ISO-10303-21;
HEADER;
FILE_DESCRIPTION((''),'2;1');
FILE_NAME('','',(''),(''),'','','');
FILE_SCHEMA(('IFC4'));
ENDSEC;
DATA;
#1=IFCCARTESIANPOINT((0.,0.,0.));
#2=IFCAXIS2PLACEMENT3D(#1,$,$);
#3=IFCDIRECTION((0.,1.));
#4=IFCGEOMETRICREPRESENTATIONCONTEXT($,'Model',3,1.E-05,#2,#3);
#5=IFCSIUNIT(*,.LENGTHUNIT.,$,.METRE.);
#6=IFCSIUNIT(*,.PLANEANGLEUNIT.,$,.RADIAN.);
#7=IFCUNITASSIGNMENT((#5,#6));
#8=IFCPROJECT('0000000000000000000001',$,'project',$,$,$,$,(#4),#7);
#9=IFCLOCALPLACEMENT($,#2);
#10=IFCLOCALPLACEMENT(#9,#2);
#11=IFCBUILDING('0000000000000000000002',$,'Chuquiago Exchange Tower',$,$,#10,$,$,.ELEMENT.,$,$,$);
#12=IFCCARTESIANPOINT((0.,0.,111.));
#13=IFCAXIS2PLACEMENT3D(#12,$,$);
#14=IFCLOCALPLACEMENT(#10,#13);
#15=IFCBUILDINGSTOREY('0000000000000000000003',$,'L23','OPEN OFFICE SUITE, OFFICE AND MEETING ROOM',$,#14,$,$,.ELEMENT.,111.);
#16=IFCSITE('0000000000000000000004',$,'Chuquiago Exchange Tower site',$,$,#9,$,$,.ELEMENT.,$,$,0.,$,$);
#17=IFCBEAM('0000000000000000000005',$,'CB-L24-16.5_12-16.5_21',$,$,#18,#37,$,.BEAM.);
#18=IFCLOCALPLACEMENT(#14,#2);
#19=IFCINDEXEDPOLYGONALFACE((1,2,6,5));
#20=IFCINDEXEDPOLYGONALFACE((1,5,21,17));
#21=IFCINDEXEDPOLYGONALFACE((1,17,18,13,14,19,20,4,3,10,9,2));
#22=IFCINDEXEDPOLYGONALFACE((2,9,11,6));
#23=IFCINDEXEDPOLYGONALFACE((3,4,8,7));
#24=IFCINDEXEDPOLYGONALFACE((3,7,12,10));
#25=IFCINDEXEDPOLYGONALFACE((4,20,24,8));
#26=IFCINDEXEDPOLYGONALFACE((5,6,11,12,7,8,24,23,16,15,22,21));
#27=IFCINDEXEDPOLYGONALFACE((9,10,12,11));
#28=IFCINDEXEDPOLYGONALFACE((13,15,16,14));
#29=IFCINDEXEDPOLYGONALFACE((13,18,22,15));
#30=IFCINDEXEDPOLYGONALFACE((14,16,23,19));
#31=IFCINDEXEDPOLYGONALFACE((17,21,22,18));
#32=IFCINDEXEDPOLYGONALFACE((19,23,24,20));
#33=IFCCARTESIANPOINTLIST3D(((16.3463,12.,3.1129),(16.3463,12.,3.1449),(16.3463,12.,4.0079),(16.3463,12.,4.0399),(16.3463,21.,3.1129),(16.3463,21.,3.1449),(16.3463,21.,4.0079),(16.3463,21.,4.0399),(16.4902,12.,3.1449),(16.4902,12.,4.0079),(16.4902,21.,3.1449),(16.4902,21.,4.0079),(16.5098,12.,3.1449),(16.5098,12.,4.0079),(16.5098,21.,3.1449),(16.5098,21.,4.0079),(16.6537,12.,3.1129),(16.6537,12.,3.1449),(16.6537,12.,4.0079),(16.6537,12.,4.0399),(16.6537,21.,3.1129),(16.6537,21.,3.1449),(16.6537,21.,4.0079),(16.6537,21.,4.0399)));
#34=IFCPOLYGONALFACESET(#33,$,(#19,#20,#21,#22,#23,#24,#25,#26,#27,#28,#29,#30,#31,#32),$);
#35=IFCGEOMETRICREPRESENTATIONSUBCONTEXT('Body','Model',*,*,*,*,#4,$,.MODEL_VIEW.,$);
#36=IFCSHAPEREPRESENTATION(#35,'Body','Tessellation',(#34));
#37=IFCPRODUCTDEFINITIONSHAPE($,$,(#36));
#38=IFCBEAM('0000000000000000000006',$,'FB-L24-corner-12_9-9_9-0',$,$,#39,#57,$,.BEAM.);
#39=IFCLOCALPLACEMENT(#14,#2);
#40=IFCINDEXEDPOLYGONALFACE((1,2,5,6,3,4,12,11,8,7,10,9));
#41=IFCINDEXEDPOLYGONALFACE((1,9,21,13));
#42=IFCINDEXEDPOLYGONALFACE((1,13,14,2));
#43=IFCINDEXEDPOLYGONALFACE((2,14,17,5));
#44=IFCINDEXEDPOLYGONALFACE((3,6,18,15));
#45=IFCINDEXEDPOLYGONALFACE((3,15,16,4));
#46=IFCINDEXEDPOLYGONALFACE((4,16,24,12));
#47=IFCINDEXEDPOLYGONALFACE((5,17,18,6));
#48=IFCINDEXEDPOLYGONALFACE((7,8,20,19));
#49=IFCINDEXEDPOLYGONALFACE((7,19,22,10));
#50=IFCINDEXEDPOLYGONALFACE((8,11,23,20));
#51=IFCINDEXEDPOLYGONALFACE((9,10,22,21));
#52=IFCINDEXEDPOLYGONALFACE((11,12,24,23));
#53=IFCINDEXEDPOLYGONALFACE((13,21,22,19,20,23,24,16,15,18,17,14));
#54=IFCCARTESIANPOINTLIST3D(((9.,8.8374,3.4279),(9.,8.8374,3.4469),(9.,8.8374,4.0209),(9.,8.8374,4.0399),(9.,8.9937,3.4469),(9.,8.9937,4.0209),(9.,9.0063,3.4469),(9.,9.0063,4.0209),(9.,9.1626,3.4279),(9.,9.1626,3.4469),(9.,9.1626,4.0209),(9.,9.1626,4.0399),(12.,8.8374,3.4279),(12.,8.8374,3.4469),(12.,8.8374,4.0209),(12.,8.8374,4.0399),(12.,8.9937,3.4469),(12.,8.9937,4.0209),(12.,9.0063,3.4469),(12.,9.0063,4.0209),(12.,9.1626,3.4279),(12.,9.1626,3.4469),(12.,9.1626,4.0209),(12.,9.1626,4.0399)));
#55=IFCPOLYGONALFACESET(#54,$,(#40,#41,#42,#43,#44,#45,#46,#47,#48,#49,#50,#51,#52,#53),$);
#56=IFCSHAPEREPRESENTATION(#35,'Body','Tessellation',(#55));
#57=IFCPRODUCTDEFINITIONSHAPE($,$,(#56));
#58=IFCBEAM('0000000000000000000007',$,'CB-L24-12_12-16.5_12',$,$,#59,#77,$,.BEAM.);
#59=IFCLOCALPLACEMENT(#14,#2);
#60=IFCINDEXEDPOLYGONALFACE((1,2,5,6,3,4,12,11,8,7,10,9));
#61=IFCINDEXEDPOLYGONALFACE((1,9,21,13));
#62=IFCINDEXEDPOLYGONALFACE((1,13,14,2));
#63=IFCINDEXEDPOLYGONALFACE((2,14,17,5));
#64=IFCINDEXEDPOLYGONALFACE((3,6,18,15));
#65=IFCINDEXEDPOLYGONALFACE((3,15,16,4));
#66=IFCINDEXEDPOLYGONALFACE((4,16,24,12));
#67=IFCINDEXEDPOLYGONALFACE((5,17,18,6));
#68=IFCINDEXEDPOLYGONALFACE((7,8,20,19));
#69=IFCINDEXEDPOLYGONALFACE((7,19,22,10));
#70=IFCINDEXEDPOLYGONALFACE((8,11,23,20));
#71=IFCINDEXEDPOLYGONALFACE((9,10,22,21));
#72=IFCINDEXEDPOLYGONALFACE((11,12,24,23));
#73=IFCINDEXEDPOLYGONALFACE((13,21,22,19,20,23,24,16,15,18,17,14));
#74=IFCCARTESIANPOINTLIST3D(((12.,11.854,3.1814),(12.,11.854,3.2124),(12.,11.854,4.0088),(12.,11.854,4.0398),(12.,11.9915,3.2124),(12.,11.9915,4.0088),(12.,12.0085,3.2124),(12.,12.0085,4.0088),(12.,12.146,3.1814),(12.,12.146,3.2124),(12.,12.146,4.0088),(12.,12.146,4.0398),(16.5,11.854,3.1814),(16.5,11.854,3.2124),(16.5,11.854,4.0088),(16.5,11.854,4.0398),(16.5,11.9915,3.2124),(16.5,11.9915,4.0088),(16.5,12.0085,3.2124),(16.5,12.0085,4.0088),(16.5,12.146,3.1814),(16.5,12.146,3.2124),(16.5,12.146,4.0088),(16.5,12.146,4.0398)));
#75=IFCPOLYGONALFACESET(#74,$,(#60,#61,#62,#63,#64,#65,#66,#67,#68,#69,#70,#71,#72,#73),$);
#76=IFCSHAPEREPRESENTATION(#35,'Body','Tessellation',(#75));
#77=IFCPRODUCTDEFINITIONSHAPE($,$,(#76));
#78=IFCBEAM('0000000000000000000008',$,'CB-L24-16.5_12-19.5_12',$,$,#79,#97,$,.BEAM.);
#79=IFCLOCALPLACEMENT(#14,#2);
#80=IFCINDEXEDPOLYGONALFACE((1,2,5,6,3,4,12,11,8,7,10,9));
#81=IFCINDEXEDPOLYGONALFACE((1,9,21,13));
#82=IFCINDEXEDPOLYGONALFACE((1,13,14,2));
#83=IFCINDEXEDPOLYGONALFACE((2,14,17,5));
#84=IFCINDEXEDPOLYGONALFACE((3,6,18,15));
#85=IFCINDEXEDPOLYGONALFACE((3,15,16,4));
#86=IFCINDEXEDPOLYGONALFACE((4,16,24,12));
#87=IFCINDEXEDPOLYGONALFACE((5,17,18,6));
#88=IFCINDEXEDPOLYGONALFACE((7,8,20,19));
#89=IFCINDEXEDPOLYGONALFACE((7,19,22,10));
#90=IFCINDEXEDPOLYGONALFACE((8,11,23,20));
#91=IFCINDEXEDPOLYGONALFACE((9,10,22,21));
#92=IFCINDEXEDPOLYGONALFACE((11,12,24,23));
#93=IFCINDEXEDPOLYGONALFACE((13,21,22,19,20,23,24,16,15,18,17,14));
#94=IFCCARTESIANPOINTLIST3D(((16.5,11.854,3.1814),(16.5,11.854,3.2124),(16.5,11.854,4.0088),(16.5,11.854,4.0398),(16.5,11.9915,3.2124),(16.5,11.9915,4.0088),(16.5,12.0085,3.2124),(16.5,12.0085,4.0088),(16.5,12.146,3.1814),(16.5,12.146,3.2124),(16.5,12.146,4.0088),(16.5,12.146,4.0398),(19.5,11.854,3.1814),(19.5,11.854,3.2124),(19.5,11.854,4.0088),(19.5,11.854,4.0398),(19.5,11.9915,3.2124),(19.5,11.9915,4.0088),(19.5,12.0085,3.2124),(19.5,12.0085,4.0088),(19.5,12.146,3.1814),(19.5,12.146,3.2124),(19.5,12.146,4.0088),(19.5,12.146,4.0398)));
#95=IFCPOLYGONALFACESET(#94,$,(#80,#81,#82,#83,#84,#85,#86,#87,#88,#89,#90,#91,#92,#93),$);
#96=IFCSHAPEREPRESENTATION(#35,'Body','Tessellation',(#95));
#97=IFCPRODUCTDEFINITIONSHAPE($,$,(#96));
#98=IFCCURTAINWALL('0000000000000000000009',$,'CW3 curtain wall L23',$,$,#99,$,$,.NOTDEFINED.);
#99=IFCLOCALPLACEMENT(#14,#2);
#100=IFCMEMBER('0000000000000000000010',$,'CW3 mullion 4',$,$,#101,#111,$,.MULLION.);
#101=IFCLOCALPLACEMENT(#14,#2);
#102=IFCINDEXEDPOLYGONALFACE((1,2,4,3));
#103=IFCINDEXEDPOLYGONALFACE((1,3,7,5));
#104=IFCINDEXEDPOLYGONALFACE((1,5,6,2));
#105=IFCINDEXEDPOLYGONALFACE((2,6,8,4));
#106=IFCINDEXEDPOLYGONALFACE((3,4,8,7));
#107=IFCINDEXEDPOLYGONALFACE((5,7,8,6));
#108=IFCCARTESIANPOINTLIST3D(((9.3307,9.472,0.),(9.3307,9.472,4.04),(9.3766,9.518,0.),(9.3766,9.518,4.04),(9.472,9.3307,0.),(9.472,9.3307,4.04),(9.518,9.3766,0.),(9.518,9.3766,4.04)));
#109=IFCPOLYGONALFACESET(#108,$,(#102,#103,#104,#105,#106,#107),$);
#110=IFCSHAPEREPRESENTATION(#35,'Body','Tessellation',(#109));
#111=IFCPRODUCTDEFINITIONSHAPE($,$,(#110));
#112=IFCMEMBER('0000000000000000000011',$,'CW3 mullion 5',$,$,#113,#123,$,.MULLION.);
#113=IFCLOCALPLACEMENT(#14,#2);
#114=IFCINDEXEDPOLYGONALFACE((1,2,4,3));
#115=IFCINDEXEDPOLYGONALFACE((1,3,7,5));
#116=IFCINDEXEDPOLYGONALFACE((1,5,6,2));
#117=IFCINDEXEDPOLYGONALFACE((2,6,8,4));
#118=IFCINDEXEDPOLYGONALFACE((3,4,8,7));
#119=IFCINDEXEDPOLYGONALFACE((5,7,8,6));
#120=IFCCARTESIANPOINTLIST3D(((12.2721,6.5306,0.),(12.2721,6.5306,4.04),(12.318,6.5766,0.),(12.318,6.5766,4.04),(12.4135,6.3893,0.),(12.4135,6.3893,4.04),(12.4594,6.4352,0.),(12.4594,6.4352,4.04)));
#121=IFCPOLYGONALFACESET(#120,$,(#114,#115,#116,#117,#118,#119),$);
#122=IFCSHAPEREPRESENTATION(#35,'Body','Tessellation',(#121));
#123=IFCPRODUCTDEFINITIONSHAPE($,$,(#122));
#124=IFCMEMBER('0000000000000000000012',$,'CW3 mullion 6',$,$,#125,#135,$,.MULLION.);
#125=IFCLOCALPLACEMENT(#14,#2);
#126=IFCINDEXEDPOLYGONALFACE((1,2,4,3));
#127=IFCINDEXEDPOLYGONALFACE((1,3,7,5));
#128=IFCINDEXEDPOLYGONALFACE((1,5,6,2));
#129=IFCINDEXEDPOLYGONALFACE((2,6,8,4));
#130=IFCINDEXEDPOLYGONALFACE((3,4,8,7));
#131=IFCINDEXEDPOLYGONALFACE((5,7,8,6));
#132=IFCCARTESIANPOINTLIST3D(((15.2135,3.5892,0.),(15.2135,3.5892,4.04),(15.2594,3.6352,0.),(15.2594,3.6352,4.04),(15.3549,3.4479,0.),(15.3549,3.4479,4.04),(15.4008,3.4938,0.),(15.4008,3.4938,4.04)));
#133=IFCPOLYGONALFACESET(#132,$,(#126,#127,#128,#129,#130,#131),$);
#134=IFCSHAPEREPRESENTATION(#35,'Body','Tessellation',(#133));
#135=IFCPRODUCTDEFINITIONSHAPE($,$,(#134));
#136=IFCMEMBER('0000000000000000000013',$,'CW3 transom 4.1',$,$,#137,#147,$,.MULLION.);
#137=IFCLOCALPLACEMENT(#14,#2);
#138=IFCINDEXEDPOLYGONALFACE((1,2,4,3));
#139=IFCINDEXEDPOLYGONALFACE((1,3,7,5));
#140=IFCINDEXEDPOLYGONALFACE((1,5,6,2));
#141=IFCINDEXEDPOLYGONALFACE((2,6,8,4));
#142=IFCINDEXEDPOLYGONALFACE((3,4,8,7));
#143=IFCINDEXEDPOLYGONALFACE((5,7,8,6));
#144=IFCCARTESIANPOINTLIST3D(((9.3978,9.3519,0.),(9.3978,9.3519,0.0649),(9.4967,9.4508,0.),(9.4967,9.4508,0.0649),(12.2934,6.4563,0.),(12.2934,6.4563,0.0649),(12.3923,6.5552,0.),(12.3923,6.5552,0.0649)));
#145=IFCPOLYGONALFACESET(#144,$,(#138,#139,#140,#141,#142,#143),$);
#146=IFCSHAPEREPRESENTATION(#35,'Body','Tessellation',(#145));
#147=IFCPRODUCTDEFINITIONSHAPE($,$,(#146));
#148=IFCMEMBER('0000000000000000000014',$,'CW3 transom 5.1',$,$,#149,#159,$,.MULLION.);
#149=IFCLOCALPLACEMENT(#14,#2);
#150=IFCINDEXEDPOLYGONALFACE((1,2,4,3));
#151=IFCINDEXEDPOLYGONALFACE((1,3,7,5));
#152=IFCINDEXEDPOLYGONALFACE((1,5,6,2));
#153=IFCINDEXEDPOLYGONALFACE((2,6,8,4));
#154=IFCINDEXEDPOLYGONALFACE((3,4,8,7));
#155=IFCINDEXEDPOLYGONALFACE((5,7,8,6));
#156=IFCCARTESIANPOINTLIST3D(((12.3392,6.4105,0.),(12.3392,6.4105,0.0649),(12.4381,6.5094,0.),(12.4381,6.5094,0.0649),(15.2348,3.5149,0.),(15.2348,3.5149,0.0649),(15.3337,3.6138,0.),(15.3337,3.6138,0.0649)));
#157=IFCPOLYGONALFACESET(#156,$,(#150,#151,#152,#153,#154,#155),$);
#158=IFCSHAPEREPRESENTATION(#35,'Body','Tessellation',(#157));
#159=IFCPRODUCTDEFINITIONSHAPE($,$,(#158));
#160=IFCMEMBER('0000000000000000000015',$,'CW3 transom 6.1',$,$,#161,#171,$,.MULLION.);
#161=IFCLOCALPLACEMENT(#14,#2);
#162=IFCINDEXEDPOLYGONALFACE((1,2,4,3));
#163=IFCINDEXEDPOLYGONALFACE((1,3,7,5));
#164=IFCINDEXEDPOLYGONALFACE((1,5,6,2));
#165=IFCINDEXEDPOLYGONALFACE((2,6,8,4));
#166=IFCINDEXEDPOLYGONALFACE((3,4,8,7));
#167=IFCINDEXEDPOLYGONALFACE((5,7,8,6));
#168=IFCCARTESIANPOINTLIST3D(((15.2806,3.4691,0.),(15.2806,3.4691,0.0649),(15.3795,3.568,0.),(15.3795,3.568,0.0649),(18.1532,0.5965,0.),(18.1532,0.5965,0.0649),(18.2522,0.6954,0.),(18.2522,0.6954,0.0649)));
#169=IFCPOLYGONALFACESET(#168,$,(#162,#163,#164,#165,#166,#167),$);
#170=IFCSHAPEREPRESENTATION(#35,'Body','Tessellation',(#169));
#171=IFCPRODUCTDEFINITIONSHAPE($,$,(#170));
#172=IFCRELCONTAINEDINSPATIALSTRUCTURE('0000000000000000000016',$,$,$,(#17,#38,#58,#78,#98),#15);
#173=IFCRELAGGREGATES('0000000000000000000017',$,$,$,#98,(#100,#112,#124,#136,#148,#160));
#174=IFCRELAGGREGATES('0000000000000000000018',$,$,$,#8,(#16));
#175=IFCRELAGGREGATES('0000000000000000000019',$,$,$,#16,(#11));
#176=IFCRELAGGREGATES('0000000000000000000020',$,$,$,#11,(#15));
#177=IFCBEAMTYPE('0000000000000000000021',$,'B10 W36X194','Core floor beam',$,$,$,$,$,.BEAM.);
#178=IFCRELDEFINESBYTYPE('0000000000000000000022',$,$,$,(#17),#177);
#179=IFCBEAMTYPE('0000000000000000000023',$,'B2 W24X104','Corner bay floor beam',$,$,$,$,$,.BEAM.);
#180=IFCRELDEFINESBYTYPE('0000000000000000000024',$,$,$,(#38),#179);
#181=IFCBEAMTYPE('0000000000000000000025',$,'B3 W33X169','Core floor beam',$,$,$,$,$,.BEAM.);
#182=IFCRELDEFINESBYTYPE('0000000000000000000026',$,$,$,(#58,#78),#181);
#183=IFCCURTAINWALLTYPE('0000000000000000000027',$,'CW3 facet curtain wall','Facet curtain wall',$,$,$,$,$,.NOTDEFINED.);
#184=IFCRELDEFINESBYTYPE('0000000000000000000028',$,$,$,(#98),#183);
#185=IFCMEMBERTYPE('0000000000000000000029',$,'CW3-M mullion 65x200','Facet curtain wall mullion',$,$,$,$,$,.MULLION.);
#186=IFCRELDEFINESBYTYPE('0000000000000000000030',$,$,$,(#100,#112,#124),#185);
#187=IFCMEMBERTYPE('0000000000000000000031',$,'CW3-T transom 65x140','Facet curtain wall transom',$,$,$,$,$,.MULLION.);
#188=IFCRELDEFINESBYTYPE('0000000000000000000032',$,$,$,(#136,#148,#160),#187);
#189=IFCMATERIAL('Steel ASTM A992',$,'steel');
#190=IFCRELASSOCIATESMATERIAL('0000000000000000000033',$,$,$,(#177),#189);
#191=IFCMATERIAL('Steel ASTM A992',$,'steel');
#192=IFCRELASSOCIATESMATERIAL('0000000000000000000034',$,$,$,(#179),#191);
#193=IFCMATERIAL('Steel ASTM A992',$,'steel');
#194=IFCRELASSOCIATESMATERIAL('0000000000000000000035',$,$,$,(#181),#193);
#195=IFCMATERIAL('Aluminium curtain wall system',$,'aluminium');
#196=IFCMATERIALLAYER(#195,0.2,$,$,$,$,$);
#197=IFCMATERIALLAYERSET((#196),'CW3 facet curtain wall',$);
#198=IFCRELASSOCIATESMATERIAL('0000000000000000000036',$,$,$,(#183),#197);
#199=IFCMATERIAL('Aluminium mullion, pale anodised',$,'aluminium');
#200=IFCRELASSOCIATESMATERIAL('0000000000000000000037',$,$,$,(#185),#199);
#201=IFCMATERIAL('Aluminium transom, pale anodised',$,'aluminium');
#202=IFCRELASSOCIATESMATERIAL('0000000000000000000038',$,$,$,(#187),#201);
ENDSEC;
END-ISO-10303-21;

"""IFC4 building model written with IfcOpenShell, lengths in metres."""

from ifc_helpers import new_model, si_unit, direction, frame, origin, origin_2d, place, context, subcontext, project, spatial, rectangle, i_section, extrude, material, layer, layer_set, material_profile, profile_set, type_object, element, aggregate, save


model = new_model("IFC4")

# Units and contexts
model_context = context("Model", 3, precision=1e-05, world=origin(), true_north=direction((0.0, 1.0)))
body_context = subcontext(model_context, "Body", "Model", "MODEL_VIEW")
ifc_project = project(units=[si_unit("LENGTHUNIT", "METRE"), si_unit("PLANEANGLEUNIT", "RADIAN")], contexts=[model_context])

# Site, building, storey
site_placement = place(None, origin())
site = spatial("IfcSite", under=ifc_project, at=site_placement, Name="Chuquiago Exchange Tower site", CompositionType="ELEMENT", RefElevation=0.0)
building_placement = place(site_placement, origin())
building = spatial("IfcBuilding", under=site, at=building_placement, Name="Chuquiago Exchange Tower", CompositionType="ELEMENT")
storey_placement = place(building_placement, frame((0.0, 0.0, 111.0)))
storey = spatial("IfcBuildingStorey", under=building, at=storey_placement, Name="L23", Description="OPEN OFFICE SUITE, OFFICE AND MEETING ROOM", CompositionType="ELEMENT", Elevation=111.0)

# Beams
ifc_material_1 = material(Name="Steel ASTM A992", Category="steel")
ifc_material_profile_1 = material_profile(ifc_material_1, i_section(OverallWidth=0.3074, OverallDepth=0.927, WebThickness=0.0195, FlangeThickness=0.032, at=origin_2d()), Name="W36X194")
ifc_profile_set_1 = profile_set([ifc_material_profile_1], Name="Steel ASTM A992")
beam_type_1 = type_object("IfcBeamType", Name="B10 W36X194", Description="Core floor beam", PredefinedType="BEAM", material=ifc_profile_set_1)
for number, where, z_axis, x_axis, name in (
    (1, (16.5, 12.0, 3.5764), (0.0, 1.0, 0.0), (-1.0, 0.0, 0.0), "CB-L24-16.5_12-16.5_21"),
):
    element("IfcBeam", number, at=place(storey_placement, frame(where, z_axis=z_axis, x_axis=x_axis)), inside=storey, type_object=beam_type_1, Name=name, PredefinedType="BEAM", context=body_context, shape_type="SweptSolid", body=[
        extrude(i_section(OverallWidth=0.3074, OverallDepth=0.927, WebThickness=0.0195, FlangeThickness=0.032, at=origin_2d()), origin(), (0.0, 0.0, 1.0), 9.0),
    ])
ifc_material_2 = material(Name="Steel ASTM A992", Category="steel")
ifc_material_profile_2 = material_profile(ifc_material_2, i_section(OverallWidth=0.3252, OverallDepth=0.6121, WebThickness=0.0127, FlangeThickness=0.019, at=origin_2d()), Name="W24X104")
ifc_profile_set_2 = profile_set([ifc_material_profile_2], Name="Steel ASTM A992")
beam_type_2 = type_object("IfcBeamType", Name="B2 W24X104", Description="Corner bay floor beam", PredefinedType="BEAM", material=ifc_profile_set_2)
beam_1_placement = place(storey_placement, frame((12.0, 9.0, 3.7339), z_axis=(-1.0, 0.0, 0.0), x_axis=(0.0, -1.0, 0.0)))
element("IfcBeam", 2, at=beam_1_placement, inside=storey, type_object=beam_type_2, Name="FB-L24-corner-12_9-9_9-0", PredefinedType="BEAM", context=body_context, shape_type="SweptSolid", body=[
    extrude(i_section(OverallWidth=0.3252, OverallDepth=0.6121, WebThickness=0.0127, FlangeThickness=0.019, at=origin_2d()), origin(), (0.0, 0.0, 1.0), 3.0),
])
ifc_material_3 = material(Name="Steel ASTM A992", Category="steel")
ifc_material_profile_3 = material_profile(ifc_material_3, i_section(OverallWidth=0.292, OverallDepth=0.8584, WebThickness=0.0171, FlangeThickness=0.031, at=origin_2d()), Name="W33X169")
ifc_profile_set_3 = profile_set([ifc_material_profile_3], Name="Steel ASTM A992")
beam_type_3 = type_object("IfcBeamType", Name="B3 W33X169", Description="Core floor beam", PredefinedType="BEAM", material=ifc_profile_set_3)
beam_2_placement = place(storey_placement, frame((12.0, 12.0, 3.6106), z_axis=(1.0, 0.0, 0.0), x_axis=(0.0, 1.0, 0.0)))
element("IfcBeam", 3, at=beam_2_placement, inside=storey, type_object=beam_type_3, Name="CB-L24-12_12-16.5_12", PredefinedType="BEAM", context=body_context, shape_type="SweptSolid", body=[
    extrude(i_section(OverallWidth=0.292, OverallDepth=0.8584, WebThickness=0.0171, FlangeThickness=0.031, at=origin_2d()), origin(), (0.0, 0.0, 1.0), 4.5),
])
beam_3_placement = place(storey_placement, frame((16.5, 12.0, 3.6106), z_axis=(1.0, 0.0, 0.0), x_axis=(0.0, 1.0, 0.0)))
element("IfcBeam", 4, at=beam_3_placement, inside=storey, type_object=beam_type_3, Name="CB-L24-16.5_12-19.5_12", PredefinedType="BEAM", context=body_context, shape_type="SweptSolid", body=[
    extrude(i_section(OverallWidth=0.292, OverallDepth=0.8584, WebThickness=0.0171, FlangeThickness=0.031, at=origin_2d()), origin(), (0.0, 0.0, 1.0), 3.0),
])

# Curtain wall, members
ifc_material_4 = material(Name="Aluminium curtain wall system", Category="aluminium")
ifc_layer_1 = layer(ifc_material_4, 0.2)
ifc_layer_set_1 = layer_set([ifc_layer_1], Name="CW3 facet curtain wall")
curtain_wall_type = type_object("IfcCurtainWallType", Name="CW3 facet curtain wall", Description="Facet curtain wall", PredefinedType="NOTDEFINED", material=ifc_layer_set_1)
curtain_wall_placement = place(storey_placement, origin())
curtain_wall = element("IfcCurtainWall", 5, at=curtain_wall_placement, inside=storey, type_object=curtain_wall_type, Name="CW3 curtain wall L23", PredefinedType="NOTDEFINED")
ifc_material_5 = material(Name="Aluminium mullion, pale anodised", Category="aluminium")
ifc_material_profile_4 = material_profile(ifc_material_5, rectangle(XDim=0.0649, YDim=0.2, at=origin_2d()), Name="AL 65x200")
ifc_profile_set_4 = profile_set([ifc_material_profile_4], Name="Aluminium mullion, pale anodised")
member_type_1 = type_object("IfcMemberType", Name="CW3-M mullion 65x200", Description="Facet curtain wall mullion", PredefinedType="MULLION", material=ifc_profile_set_4)
member_1_placement = place(storey_placement, frame((9.4243, 9.4243, 0.0), z_axis=(0.0, 0.0, 1.0), x_axis=(0.707107, 0.707107, 0.0)))
member_1 = element("IfcMember", 6, at=member_1_placement, type_object=member_type_1, Name="CW3 mullion 4", PredefinedType="MULLION", context=body_context, shape_type="SweptSolid", body=[
    extrude(rectangle(XDim=0.0649, YDim=0.2, at=origin_2d()), origin(), (0.0, 0.0, 1.0), 4.04),
])
member_2_placement = place(storey_placement, frame((12.3657, 6.4829, 0.0), z_axis=(0.0, 0.0, 1.0), x_axis=(0.707107, 0.707107, 0.0)))
member_2 = element("IfcMember", 7, at=member_2_placement, type_object=member_type_1, Name="CW3 mullion 5", PredefinedType="MULLION", context=body_context, shape_type="SweptSolid", body=[
    extrude(rectangle(XDim=0.0649, YDim=0.2, at=origin_2d()), origin(), (0.0, 0.0, 1.0), 4.04),
])
member_3_placement = place(storey_placement, frame((15.3071, 3.5415, 0.0), z_axis=(0.0, 0.0, 1.0), x_axis=(0.707107, 0.707107, 0.0)))
member_3 = element("IfcMember", 8, at=member_3_placement, type_object=member_type_1, Name="CW3 mullion 6", PredefinedType="MULLION", context=body_context, shape_type="SweptSolid", body=[
    extrude(rectangle(XDim=0.0649, YDim=0.2, at=origin_2d()), origin(), (0.0, 0.0, 1.0), 4.04),
])
ifc_material_6 = material(Name="Aluminium transom, pale anodised", Category="aluminium")
ifc_material_profile_5 = material_profile(ifc_material_6, rectangle(XDim=0.1399, YDim=0.0649, at=origin_2d()), Name="AL 140x65")
ifc_profile_set_5 = profile_set([ifc_material_profile_5], Name="Aluminium transom, pale anodised")
member_type_2 = type_object("IfcMemberType", Name="CW3-T transom 65x140", Description="Facet curtain wall transom", PredefinedType="MULLION", material=ifc_profile_set_5)
member_4_placement = place(storey_placement, frame((9.4473, 9.4014, 0.0325), z_axis=(0.707107, -0.707107, 0.0), x_axis=(0.707107, 0.707107, 0.0)))
member_4 = element("IfcMember", 9, at=member_4_placement, type_object=member_type_2, Name="CW3 transom 4.1", PredefinedType="MULLION", context=body_context, shape_type="SweptSolid", body=[
    extrude(rectangle(XDim=0.1399, YDim=0.0649, at=origin_2d()), origin(), (0.0, 0.0, 1.0), 4.095),
])
member_5_placement = place(storey_placement, frame((12.3887, 6.46, 0.0325), z_axis=(0.707107, -0.707107, 0.0), x_axis=(0.707107, 0.707107, 0.0)))
member_5 = element("IfcMember", 10, at=member_5_placement, type_object=member_type_2, Name="CW3 transom 5.1", PredefinedType="MULLION", context=body_context, shape_type="SweptSolid", body=[
    extrude(rectangle(XDim=0.1399, YDim=0.0649, at=origin_2d()), origin(), (0.0, 0.0, 1.0), 4.095),
])
member_6_placement = place(storey_placement, frame((15.3301, 3.5186, 0.0325), z_axis=(0.707107, -0.707107, 0.0), x_axis=(0.707107, 0.707107, 0.0)))
member_6 = element("IfcMember", 11, at=member_6_placement, type_object=member_type_2, Name="CW3 transom 6.1", PredefinedType="MULLION", context=body_context, shape_type="SweptSolid", body=[
    extrude(rectangle(XDim=0.1399, YDim=0.0649, at=origin_2d()), origin(), (0.0, 0.0, 1.0), 4.0625),
])

aggregate(curtain_wall, [member_1, member_2, member_3, member_4, member_5, member_6])

save(model, "model.ifc")
